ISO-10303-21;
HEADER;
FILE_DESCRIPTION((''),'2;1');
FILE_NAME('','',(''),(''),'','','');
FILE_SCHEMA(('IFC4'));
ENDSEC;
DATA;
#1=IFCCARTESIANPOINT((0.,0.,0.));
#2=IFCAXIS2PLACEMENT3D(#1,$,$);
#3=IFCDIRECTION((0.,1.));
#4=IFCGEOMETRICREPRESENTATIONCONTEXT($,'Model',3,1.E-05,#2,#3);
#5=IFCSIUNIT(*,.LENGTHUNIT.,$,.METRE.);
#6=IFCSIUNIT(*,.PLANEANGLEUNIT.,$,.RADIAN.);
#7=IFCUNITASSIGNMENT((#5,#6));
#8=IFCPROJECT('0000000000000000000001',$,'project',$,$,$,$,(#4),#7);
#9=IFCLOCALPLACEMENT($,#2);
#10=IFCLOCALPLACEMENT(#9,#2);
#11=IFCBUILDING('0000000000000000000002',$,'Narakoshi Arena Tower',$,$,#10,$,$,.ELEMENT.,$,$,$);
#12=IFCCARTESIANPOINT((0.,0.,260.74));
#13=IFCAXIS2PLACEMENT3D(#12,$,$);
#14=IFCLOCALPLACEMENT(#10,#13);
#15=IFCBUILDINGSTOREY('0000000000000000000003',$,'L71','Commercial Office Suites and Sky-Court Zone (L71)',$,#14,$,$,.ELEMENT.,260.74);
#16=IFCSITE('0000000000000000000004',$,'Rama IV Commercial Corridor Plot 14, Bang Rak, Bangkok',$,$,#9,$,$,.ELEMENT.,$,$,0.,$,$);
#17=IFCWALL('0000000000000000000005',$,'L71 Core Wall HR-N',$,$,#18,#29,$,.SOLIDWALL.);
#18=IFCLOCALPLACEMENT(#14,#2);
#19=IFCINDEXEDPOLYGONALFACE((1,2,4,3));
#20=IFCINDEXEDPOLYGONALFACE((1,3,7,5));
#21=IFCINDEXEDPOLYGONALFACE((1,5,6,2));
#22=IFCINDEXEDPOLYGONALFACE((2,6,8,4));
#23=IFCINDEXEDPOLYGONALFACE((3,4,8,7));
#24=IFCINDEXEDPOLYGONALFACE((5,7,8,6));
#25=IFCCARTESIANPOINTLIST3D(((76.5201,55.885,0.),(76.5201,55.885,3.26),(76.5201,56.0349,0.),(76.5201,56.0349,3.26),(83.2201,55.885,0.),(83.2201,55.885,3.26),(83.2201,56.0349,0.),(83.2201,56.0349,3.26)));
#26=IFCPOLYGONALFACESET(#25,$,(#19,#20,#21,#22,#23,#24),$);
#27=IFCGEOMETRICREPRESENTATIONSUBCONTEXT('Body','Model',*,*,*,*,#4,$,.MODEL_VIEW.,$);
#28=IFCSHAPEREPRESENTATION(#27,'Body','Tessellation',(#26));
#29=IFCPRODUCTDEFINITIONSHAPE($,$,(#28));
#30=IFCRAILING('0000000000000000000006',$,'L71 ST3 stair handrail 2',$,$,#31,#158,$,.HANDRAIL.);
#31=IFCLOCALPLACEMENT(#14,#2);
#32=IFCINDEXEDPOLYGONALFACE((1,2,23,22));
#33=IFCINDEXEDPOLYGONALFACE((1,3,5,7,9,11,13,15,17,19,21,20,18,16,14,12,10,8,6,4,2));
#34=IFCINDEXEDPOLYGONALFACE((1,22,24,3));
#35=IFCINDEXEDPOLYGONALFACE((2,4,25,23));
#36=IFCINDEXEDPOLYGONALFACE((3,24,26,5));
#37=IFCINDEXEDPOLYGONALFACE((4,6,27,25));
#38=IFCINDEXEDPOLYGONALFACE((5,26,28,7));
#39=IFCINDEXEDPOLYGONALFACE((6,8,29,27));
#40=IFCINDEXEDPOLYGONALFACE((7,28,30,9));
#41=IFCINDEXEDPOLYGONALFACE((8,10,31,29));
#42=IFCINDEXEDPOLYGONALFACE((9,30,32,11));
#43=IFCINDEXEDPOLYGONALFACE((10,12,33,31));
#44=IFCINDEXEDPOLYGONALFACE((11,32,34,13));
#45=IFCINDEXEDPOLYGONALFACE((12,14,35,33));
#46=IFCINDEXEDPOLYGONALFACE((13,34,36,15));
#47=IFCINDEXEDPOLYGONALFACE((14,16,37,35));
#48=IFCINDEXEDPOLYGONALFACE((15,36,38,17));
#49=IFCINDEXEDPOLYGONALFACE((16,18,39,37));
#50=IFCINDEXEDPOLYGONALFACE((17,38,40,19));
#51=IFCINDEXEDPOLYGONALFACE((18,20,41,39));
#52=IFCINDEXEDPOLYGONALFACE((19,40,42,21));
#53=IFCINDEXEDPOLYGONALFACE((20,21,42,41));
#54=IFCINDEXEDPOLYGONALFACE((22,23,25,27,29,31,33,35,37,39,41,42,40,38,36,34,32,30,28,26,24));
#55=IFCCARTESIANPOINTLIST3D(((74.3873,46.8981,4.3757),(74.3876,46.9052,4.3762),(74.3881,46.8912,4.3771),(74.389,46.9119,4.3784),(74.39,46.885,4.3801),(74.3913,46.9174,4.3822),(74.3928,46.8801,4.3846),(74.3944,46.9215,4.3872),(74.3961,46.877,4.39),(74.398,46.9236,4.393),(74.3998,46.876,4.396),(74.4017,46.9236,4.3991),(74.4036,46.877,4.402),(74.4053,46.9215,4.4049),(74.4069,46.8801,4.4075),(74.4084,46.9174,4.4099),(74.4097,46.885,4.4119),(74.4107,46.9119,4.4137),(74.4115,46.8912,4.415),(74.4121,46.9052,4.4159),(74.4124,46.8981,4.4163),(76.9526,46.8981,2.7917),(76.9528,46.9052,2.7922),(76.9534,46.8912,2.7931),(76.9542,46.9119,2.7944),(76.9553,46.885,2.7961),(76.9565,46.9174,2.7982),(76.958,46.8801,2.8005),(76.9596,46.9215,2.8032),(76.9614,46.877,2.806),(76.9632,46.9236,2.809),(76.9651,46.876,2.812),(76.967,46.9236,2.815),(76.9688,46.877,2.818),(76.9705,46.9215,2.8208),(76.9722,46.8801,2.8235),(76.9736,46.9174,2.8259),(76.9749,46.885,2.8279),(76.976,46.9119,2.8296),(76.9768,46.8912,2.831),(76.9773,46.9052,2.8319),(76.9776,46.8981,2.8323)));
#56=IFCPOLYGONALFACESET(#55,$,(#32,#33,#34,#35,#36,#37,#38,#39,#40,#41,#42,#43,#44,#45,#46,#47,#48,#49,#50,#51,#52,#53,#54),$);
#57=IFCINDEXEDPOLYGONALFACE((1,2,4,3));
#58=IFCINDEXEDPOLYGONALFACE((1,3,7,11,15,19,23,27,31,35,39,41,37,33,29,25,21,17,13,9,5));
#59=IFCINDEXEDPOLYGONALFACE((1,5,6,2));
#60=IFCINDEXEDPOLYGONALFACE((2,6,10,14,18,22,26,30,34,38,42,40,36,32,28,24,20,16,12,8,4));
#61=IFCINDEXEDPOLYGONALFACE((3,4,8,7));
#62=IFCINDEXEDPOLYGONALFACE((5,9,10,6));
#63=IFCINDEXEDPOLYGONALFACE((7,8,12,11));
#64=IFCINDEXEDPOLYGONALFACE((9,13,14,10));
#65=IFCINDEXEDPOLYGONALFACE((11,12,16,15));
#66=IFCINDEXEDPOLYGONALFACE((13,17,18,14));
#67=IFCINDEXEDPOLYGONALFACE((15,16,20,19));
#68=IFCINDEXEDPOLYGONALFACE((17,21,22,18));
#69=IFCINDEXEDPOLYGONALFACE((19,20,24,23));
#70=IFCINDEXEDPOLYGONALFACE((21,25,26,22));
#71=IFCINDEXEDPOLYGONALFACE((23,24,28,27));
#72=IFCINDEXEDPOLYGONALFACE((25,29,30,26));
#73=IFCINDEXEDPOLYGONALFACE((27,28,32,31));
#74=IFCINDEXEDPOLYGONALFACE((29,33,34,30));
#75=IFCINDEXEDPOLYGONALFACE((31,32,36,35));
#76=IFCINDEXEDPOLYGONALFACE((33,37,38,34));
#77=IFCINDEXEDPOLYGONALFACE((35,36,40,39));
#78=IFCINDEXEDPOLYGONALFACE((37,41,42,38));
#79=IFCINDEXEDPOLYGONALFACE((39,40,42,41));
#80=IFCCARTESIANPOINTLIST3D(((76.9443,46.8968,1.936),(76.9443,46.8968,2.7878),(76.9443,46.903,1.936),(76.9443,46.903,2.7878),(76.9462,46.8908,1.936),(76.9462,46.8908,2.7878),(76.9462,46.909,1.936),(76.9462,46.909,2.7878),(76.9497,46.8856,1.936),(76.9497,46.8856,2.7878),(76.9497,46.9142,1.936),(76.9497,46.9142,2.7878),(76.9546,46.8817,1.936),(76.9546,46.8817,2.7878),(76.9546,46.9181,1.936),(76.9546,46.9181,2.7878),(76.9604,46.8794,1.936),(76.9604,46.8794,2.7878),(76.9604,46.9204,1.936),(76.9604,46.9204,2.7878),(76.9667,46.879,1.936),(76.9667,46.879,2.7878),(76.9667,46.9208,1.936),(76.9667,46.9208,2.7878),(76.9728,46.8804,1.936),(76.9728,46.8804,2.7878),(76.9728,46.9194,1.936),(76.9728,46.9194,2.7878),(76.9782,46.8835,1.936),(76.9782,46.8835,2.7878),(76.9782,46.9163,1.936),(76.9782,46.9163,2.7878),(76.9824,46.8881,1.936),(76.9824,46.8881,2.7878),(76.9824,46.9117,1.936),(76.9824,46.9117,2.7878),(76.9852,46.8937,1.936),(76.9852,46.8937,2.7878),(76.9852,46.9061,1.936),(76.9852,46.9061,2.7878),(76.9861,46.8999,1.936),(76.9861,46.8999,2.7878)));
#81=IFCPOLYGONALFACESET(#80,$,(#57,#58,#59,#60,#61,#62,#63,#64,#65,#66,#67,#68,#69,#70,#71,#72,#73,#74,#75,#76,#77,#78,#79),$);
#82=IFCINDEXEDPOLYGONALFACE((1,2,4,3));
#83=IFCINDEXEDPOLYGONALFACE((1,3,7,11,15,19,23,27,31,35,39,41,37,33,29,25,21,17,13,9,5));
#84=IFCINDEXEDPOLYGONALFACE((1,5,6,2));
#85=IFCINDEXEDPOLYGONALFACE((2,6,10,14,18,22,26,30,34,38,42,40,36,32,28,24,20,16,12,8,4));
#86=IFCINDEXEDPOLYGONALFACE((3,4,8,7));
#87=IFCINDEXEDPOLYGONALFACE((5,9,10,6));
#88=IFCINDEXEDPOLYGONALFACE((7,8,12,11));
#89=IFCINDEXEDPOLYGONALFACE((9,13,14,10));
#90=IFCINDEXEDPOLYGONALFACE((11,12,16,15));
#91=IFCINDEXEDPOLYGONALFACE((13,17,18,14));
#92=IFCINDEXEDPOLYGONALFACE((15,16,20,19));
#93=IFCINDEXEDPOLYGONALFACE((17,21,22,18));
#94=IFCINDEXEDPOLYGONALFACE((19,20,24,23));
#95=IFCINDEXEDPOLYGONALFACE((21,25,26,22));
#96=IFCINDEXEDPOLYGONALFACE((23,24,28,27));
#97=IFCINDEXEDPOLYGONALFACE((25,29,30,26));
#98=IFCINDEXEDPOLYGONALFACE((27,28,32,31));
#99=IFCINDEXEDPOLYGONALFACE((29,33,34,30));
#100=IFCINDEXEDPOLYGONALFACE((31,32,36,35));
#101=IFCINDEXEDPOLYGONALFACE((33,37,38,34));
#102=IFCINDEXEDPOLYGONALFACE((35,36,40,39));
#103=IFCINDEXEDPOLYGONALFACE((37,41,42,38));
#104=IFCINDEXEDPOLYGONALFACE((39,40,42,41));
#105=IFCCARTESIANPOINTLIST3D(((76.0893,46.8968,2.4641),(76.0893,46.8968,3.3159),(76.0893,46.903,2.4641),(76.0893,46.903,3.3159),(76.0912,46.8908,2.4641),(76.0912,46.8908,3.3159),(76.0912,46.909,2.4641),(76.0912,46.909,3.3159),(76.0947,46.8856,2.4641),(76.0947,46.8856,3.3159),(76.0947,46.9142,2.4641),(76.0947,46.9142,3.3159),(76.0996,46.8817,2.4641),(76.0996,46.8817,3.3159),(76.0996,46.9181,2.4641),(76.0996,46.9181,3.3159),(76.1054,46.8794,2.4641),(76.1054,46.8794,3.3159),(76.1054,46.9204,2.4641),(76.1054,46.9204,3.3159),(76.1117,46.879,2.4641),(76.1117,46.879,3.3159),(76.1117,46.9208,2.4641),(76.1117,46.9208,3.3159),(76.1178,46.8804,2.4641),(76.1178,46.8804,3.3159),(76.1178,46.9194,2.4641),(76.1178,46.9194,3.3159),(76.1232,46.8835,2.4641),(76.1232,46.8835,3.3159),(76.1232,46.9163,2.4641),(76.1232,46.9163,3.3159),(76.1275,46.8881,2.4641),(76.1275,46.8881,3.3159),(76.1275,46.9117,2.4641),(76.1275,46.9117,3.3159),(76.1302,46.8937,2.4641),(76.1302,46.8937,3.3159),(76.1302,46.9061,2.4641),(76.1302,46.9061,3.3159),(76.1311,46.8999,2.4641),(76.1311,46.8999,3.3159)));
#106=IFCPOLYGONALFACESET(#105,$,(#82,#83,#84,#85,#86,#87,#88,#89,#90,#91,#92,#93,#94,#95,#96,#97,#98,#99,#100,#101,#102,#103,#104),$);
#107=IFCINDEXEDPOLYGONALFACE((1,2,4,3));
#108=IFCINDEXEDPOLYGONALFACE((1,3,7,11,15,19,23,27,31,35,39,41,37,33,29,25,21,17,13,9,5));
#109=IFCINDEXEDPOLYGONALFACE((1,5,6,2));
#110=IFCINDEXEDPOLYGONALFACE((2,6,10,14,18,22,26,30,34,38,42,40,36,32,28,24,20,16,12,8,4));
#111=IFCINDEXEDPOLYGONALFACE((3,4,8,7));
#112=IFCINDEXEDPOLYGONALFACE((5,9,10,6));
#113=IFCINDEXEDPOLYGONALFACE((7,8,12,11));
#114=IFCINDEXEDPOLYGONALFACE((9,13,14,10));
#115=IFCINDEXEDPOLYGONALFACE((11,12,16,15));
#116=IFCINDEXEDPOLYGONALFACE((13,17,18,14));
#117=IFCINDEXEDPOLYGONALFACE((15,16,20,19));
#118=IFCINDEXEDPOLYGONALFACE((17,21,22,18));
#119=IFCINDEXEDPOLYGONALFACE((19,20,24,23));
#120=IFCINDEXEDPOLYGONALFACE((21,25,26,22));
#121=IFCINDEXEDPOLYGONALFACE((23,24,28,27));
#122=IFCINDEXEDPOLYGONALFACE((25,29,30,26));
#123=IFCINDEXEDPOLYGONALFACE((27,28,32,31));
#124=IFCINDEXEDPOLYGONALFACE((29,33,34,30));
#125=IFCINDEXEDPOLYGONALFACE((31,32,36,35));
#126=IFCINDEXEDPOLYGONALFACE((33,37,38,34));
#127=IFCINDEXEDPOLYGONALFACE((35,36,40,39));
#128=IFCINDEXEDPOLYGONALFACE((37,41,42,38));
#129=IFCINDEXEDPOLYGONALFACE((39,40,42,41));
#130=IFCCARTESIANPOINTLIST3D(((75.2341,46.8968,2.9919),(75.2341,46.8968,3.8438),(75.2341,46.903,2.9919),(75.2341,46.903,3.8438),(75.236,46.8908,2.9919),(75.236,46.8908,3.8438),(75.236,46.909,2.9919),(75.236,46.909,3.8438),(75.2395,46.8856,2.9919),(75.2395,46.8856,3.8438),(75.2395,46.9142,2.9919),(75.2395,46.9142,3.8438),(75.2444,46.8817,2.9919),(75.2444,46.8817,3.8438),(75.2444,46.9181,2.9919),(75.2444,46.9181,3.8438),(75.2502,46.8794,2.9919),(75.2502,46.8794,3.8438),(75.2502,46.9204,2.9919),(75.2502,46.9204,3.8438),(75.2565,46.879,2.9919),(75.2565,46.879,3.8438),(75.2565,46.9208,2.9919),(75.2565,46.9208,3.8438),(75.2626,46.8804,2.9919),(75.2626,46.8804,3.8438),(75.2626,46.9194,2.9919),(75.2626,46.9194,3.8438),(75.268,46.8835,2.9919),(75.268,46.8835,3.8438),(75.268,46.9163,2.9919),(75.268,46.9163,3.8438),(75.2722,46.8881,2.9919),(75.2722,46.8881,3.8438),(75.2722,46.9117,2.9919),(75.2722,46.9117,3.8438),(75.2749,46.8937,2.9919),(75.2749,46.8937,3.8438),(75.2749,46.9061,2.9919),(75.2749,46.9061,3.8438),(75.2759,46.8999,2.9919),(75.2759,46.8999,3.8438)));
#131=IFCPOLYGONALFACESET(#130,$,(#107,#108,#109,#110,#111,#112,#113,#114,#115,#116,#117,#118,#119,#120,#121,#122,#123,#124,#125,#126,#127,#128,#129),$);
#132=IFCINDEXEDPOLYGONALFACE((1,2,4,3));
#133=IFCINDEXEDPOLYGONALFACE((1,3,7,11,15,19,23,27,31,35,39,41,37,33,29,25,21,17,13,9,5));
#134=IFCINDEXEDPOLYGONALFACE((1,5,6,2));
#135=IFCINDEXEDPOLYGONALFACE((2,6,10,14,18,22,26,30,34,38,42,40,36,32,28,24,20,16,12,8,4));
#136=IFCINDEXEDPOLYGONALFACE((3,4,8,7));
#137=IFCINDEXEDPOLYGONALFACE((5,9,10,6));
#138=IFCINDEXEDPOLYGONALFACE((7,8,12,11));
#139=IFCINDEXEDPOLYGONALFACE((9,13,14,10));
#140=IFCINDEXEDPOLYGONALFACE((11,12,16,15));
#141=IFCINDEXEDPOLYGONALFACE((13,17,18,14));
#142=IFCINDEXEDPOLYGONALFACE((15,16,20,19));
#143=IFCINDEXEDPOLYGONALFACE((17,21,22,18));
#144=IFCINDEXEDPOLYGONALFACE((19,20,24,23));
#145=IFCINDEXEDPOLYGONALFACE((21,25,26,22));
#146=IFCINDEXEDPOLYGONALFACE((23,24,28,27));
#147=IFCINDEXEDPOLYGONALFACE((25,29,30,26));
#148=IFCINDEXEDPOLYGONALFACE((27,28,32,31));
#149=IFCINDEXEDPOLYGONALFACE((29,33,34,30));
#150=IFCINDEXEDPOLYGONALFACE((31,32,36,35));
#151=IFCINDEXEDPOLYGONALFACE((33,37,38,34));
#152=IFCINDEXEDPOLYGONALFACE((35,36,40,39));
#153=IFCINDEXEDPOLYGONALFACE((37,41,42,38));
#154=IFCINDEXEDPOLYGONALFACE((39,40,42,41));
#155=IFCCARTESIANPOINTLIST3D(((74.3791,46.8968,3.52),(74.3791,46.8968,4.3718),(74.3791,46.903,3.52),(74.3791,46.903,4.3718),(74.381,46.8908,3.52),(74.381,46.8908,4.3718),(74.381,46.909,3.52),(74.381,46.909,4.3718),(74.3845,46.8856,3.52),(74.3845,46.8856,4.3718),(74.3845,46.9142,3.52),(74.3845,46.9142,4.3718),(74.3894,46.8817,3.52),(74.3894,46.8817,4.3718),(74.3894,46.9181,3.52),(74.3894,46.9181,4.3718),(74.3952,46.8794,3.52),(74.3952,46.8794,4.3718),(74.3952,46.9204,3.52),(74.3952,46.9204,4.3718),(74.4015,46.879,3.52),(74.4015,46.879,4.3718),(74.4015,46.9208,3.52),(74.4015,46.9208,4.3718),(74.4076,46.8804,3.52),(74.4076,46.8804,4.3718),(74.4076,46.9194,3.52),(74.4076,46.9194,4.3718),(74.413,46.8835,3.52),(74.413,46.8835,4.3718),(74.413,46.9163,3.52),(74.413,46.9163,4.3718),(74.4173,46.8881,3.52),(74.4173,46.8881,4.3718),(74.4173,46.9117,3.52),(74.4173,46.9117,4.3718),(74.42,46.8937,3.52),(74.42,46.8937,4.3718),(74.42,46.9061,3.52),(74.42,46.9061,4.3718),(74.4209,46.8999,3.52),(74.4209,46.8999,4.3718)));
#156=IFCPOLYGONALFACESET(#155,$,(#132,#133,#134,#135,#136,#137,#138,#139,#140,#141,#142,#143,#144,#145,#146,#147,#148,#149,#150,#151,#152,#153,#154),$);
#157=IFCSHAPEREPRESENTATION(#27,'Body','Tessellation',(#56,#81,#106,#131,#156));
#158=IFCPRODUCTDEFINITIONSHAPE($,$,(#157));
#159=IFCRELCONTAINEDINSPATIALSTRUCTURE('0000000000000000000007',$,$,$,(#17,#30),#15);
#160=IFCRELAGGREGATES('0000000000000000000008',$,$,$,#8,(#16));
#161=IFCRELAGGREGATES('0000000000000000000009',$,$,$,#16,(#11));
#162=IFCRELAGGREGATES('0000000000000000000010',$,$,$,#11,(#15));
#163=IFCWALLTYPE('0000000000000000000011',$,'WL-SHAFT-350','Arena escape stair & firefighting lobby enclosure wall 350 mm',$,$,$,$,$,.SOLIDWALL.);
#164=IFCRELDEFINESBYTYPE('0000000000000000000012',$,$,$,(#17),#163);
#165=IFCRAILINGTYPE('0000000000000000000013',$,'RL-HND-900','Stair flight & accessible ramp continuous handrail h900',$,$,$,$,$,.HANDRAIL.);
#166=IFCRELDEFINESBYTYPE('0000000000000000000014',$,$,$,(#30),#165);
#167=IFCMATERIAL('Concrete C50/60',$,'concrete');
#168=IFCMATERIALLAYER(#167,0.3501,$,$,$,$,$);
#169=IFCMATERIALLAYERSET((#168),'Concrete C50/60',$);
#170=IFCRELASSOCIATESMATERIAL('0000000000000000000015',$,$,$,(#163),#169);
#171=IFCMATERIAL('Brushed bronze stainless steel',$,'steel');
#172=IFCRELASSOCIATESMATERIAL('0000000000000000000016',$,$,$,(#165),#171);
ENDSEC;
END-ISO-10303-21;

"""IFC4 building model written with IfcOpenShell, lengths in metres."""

from ifc_helpers import new_model, si_unit, direction, frame, frame_2d, origin, origin_2d, place, context, subcontext, project, spatial, rectangle, circle, extrude, material, layer, layer_set, type_object, element, save


model = new_model("IFC4")

# Units and contexts
model_context = context("Model", 3, precision=1e-05, world=origin(), true_north=direction((0.0, 1.0)))
body_context = subcontext(model_context, "Body", "Model", "MODEL_VIEW")
ifc_project = project(units=[si_unit("LENGTHUNIT", "METRE"), si_unit("PLANEANGLEUNIT", "RADIAN")], contexts=[model_context])

# Site, building, storey
site_placement = place(None, origin())
site = spatial("IfcSite", under=ifc_project, at=site_placement, Name="Rama IV Commercial Corridor Plot 14, Bang Rak, Bangkok", CompositionType="ELEMENT", RefElevation=0.0)
building_placement = place(site_placement, origin())
building = spatial("IfcBuilding", under=site, at=building_placement, Name="Narakoshi Arena Tower", CompositionType="ELEMENT")
storey_placement = place(building_placement, frame((0.0, 0.0, 260.74)))
storey = spatial("IfcBuildingStorey", under=building, at=storey_placement, Name="L71", Description="Commercial Office Suites and Sky-Court Zone (L71)", CompositionType="ELEMENT", Elevation=260.74)

# Shared definitions
ifc_material_1 = material(Name="Concrete C50/60", Category="concrete")

# Shared definitions
ifc_layer_1 = layer(ifc_material_1, 0.3501)
ifc_layer_set_1 = layer_set([ifc_layer_1], Name="Concrete C50/60")
wall_type_1 = type_object("IfcWallType", Name="WL-SHAFT-350", Description="Arena escape stair & firefighting lobby enclosure wall 350 mm", PredefinedType="SOLIDWALL", material=ifc_layer_set_1)

# Shared definitions
ifc_material_2 = material(Name="Brushed bronze stainless steel", Category="steel")

# Wall
wall_1_placement = place(storey_placement, frame((76.52, 55.96, 0.0), z_axis=(0.0, 0.0, 1.0), x_axis=(1.0, 0.0, 0.0)))
element("IfcWall", 1, at=wall_1_placement, inside=storey, type_object=wall_type_1, Name="L71 Core Wall HR-N", PredefinedType="SOLIDWALL", context=body_context, shape_type="SweptSolid", body=[
    extrude(rectangle(XDim=6.7, YDim=0.1499, at=frame_2d((3.3501, 0.0))), origin(), (0.0, 0.0, 1.0), 3.26),
])

# Railing
railing_type = type_object("IfcRailingType", Name="RL-HND-900", Description="Stair flight & accessible ramp continuous handrail h900", PredefinedType="HANDRAIL", material=ifc_material_2)
railing_placement = place(storey_placement, frame((76.9651, 46.8999, 1.936)))
element("IfcRailing", 2, at=railing_placement, inside=storey, type_object=railing_type, Name="L71 ST3 stair handrail 2", PredefinedType="HANDRAIL", context=body_context, shape_type="SweptSolid", body=[
    extrude(circle(Radius=0.0239, at=origin_2d()), frame((0.0, 0.0, 0.876), z_axis=(-0.850857, 0.0, 0.525398), x_axis=(0.0, -1.0, 0.0)), (0.0, 0.0, 1.0), 3.0149),
    extrude(circle(Radius=0.021, at=origin_2d()), origin(), (0.0, 0.0, 1.0), 0.8518),
    extrude(circle(Radius=0.021, at=origin_2d()), frame((-0.855, 0.0, 0.5281)), (0.0, 0.0, 1.0), 0.8518),
    extrude(circle(Radius=0.021, at=origin_2d()), frame((-1.7102, 0.0, 1.0559)), (0.0, 0.0, 1.0), 0.8518),
    extrude(circle(Radius=0.021, at=origin_2d()), frame((-2.5652, 0.0, 1.584)), (0.0, 0.0, 1.0), 0.8518),
])

save(model, "model.ifc")
